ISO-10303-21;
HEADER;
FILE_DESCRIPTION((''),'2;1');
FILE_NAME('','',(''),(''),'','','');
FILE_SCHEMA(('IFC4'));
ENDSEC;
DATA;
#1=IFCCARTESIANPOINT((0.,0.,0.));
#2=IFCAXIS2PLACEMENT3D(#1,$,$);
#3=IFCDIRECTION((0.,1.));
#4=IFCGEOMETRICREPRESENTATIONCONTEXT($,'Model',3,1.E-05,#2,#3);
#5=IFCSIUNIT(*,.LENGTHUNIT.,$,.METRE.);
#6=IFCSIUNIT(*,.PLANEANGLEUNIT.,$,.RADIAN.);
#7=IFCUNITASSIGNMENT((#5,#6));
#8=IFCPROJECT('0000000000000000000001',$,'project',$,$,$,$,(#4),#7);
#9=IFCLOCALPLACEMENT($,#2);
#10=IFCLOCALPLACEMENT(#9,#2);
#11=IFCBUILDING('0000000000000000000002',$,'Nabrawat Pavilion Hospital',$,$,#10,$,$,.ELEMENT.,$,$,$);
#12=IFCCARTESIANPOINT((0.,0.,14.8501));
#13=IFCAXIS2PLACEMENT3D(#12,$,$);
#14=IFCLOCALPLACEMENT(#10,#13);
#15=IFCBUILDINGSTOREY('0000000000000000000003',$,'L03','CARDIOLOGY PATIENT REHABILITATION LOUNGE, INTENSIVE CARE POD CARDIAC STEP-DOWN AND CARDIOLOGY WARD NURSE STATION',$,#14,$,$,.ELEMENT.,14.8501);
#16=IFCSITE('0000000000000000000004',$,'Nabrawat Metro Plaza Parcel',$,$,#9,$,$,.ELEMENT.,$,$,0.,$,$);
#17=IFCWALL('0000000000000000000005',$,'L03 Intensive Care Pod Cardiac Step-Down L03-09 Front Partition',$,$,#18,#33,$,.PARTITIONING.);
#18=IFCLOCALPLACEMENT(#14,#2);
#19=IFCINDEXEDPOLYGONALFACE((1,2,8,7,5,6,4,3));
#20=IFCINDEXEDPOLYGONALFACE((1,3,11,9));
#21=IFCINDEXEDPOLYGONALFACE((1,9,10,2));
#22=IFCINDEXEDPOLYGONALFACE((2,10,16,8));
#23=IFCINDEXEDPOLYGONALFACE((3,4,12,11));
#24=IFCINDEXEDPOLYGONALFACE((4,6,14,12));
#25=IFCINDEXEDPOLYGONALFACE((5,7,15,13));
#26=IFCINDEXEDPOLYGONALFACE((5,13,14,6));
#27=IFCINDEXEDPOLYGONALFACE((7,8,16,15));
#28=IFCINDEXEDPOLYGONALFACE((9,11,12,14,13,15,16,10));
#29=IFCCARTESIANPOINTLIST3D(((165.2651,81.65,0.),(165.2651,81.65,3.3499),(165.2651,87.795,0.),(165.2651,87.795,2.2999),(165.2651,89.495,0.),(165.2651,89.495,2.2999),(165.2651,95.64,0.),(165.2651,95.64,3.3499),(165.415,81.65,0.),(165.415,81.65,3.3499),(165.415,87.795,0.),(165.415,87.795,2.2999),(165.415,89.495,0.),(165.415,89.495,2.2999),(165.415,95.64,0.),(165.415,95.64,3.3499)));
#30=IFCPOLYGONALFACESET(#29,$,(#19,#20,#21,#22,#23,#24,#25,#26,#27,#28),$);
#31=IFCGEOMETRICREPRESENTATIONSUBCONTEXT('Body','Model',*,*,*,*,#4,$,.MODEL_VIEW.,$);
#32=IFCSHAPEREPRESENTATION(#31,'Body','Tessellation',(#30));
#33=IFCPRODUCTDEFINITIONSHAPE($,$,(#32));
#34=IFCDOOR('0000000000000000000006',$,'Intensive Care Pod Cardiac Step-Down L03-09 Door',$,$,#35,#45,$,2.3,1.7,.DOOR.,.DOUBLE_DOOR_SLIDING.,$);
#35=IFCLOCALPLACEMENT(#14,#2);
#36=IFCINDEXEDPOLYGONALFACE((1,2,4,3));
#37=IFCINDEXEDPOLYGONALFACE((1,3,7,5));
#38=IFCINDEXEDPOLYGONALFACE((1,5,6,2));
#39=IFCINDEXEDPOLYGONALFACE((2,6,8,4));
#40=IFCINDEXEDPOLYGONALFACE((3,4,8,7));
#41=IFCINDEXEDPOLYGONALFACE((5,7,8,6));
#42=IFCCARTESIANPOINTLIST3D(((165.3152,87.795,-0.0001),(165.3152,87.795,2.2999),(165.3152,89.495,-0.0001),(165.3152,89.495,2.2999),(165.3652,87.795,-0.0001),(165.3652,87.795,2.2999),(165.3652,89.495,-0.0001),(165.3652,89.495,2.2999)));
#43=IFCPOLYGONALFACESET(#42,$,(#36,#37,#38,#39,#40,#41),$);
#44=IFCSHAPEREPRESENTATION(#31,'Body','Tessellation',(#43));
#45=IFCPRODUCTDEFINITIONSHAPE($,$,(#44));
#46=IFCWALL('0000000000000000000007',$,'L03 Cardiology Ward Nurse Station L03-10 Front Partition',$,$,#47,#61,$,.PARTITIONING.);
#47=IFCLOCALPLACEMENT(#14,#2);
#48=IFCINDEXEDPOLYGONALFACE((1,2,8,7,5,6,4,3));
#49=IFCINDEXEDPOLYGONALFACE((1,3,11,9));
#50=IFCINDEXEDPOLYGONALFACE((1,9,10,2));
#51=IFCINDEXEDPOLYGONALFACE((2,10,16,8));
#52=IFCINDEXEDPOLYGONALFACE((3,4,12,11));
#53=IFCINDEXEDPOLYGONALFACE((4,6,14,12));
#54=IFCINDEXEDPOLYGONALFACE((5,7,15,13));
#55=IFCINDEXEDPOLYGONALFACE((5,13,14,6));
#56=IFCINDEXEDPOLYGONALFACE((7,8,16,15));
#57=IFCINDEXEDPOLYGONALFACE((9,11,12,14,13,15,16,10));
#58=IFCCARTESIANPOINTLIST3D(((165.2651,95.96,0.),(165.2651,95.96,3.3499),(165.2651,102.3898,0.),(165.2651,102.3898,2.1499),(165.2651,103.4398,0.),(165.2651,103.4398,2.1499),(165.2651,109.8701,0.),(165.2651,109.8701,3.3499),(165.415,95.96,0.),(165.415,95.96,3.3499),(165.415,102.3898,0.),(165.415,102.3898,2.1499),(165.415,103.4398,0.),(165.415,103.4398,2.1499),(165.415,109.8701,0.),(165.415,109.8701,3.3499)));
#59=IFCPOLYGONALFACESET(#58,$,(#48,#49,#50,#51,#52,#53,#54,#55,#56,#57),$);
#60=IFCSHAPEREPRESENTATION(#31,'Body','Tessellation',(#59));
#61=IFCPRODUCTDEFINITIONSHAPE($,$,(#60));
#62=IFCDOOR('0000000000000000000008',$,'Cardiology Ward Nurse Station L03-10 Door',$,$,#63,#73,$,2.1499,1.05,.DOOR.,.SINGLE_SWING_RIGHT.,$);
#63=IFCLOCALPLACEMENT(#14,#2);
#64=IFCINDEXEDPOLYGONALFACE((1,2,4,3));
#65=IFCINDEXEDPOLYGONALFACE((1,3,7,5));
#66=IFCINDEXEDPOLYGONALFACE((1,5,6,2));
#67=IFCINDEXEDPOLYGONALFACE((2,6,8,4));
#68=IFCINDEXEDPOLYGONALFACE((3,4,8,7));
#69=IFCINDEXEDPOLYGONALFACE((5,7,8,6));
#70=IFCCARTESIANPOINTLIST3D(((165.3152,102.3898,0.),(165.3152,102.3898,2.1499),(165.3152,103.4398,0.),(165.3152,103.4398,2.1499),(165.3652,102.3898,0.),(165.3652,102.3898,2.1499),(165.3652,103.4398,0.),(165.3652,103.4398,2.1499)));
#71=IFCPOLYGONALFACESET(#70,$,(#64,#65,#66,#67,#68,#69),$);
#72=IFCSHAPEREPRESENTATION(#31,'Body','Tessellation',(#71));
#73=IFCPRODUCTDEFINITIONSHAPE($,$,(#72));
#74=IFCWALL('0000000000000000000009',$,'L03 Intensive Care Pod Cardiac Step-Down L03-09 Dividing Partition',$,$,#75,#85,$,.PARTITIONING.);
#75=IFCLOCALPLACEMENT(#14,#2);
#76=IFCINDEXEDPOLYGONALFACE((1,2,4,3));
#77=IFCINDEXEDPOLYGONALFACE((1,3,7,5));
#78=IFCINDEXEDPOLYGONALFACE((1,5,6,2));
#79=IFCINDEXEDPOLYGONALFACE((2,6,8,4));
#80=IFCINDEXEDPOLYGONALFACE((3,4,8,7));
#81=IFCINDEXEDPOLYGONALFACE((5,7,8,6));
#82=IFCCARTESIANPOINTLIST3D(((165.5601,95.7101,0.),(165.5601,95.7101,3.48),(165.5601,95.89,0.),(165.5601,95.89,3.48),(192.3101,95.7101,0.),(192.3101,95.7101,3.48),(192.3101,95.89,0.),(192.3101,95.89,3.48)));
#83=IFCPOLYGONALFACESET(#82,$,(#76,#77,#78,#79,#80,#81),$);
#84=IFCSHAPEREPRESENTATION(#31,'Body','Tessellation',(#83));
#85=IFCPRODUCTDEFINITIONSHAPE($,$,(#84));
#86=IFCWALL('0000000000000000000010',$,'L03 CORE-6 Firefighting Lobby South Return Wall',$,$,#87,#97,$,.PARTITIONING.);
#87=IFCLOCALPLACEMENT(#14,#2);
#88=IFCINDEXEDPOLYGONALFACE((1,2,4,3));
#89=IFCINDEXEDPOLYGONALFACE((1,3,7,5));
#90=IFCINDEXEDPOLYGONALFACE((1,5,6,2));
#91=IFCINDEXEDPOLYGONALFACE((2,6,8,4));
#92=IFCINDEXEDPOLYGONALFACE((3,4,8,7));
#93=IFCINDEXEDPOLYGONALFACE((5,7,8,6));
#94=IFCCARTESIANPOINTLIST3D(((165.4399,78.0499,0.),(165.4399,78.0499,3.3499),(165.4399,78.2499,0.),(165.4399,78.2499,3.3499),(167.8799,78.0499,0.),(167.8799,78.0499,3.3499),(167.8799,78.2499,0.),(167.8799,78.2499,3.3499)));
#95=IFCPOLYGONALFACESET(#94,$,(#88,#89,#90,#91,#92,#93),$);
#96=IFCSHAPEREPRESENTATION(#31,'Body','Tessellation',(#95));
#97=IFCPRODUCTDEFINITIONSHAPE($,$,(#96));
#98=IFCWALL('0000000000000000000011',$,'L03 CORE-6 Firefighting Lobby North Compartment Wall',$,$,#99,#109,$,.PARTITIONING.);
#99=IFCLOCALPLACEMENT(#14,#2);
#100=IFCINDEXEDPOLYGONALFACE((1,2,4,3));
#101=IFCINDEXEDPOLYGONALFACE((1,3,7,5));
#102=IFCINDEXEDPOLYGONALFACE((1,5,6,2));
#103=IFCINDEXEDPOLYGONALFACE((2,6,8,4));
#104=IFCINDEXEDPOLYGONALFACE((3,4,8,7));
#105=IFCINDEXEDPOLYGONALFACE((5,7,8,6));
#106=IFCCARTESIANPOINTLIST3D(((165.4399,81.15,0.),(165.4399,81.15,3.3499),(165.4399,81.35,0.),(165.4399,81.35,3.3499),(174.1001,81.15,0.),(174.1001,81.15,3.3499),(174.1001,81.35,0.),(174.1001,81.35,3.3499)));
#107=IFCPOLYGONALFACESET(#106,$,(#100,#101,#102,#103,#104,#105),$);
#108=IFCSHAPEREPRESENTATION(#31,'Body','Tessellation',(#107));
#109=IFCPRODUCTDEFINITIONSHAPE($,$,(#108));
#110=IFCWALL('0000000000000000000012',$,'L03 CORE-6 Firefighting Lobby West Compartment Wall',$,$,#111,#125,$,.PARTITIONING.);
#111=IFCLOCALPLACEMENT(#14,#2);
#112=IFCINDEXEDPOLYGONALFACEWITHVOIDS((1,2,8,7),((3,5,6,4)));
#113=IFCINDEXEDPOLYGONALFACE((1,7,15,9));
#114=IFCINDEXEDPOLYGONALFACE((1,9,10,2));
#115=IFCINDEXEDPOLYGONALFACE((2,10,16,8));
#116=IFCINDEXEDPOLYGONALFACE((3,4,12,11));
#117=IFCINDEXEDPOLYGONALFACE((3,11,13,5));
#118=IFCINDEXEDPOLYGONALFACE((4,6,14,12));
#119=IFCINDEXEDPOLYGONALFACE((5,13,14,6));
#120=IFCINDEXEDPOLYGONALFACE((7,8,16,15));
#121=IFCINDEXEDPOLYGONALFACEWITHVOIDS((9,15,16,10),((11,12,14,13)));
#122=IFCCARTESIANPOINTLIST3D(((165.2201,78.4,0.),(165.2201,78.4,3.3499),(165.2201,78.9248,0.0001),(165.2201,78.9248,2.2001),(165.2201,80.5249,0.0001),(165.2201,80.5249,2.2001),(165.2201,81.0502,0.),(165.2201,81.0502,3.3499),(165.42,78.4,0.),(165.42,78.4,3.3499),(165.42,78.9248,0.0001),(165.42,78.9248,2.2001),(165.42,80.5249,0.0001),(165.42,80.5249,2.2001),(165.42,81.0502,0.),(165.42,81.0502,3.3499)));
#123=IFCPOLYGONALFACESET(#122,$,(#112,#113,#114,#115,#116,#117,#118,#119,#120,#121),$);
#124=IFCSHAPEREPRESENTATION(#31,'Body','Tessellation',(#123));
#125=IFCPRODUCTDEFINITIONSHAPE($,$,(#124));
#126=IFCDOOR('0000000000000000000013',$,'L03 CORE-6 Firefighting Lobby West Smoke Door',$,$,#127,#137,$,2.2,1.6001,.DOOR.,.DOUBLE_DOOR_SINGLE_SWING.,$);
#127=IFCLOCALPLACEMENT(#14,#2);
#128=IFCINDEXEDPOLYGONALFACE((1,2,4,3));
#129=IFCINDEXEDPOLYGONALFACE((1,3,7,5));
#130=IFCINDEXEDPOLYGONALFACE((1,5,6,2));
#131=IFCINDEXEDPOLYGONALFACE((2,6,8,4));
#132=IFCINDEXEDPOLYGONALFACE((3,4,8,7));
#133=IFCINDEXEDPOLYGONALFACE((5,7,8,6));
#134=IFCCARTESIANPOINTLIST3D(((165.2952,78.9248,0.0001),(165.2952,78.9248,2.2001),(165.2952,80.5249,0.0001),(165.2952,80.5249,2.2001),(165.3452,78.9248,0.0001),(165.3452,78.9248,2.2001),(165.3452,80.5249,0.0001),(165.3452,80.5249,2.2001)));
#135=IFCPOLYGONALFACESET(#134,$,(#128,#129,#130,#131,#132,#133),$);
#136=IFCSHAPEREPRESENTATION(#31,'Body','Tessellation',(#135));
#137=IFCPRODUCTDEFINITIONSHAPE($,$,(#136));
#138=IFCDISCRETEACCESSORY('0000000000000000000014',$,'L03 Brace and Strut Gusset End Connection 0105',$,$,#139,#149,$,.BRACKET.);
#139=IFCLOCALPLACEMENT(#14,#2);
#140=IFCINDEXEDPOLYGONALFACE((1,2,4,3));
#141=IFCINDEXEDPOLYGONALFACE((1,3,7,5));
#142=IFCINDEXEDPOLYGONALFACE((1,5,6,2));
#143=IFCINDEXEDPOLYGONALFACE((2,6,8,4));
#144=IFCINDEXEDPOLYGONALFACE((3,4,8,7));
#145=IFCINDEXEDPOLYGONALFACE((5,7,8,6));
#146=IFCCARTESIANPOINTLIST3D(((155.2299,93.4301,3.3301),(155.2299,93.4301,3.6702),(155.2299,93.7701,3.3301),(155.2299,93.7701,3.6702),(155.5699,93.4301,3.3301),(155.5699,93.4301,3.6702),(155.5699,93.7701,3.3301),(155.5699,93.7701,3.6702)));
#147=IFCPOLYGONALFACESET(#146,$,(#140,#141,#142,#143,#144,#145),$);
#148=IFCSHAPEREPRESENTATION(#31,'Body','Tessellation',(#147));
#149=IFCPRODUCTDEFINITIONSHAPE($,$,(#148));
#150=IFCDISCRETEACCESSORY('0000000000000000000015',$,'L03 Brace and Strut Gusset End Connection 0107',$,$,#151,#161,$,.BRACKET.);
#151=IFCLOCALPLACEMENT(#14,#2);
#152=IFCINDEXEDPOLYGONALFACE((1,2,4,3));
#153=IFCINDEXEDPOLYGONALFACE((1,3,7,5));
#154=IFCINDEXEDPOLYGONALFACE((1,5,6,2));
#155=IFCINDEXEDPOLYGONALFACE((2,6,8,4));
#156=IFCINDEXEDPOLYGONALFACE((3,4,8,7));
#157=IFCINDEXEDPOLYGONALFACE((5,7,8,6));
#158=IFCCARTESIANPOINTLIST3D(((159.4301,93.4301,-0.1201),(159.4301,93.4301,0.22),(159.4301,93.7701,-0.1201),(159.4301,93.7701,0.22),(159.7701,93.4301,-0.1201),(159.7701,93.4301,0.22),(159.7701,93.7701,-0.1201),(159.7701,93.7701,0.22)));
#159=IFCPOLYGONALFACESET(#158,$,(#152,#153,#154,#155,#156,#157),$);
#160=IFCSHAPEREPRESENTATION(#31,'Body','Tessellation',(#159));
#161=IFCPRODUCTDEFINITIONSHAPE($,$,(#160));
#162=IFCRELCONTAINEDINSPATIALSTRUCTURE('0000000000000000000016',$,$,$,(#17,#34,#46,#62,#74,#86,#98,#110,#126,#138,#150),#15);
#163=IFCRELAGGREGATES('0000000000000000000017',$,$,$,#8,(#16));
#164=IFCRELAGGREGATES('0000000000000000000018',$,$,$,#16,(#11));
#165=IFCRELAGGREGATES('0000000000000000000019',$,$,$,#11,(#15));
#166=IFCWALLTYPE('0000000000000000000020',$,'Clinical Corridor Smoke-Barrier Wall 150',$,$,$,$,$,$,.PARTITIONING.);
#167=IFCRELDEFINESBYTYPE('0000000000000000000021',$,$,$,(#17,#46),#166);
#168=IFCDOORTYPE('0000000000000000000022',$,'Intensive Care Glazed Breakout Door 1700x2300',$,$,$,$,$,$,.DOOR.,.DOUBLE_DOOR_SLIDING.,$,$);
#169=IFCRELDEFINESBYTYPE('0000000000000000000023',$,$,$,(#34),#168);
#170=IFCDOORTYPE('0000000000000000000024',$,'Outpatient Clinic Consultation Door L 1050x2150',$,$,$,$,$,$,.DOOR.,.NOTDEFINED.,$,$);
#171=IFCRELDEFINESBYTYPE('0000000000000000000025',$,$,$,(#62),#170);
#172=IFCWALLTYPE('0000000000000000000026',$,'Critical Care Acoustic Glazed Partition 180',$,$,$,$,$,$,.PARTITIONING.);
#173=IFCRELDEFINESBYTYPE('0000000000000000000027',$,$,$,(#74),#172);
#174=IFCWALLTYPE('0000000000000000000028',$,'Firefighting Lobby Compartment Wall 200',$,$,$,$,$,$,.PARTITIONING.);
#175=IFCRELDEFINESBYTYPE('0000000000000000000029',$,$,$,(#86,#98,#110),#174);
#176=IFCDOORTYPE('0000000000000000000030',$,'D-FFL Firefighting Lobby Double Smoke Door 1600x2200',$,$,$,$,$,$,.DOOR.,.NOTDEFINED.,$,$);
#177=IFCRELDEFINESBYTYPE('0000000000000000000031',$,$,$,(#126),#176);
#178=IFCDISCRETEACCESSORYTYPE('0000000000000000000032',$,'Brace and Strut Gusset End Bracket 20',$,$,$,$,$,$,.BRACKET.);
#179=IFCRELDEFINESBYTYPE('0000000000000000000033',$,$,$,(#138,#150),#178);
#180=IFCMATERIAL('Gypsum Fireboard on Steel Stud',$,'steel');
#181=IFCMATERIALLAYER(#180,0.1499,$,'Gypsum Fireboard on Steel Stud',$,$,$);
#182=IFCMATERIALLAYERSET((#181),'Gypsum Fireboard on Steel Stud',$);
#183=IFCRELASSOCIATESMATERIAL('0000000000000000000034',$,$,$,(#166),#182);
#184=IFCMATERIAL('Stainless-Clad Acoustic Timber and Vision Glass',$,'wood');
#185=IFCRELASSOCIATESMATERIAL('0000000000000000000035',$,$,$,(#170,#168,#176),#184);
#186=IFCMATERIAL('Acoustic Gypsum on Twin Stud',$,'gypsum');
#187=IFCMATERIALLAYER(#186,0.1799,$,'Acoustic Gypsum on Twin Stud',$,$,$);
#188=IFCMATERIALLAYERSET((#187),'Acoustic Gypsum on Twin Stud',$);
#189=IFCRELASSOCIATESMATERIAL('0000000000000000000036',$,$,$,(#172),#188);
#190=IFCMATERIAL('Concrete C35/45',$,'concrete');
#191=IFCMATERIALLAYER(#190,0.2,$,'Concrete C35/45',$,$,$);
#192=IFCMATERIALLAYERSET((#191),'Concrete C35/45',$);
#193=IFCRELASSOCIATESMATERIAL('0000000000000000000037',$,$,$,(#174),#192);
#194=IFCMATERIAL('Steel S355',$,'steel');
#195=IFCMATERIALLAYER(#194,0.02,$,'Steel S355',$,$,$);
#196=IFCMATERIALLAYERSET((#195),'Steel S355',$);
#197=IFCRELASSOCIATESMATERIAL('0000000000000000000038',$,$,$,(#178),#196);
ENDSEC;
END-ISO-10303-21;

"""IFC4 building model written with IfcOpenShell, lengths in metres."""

from ifc_helpers import new_model, si_unit, direction, frame, frame_2d, origin, origin_2d, place, context, subcontext, project, spatial, rectangle, extrude, material, layer, layer_set, type_object, element, fill, save


model = new_model("IFC4")

# Units and contexts
model_context = context("Model", 3, precision=1e-05, world=origin(), true_north=direction((0.0, 1.0)))
body_context = subcontext(model_context, "Body", "Model", "MODEL_VIEW")
ifc_project = project(units=[si_unit("LENGTHUNIT", "METRE"), si_unit("PLANEANGLEUNIT", "RADIAN")], contexts=[model_context])

# Site, building, storey
site_placement = place(None, origin())
site = spatial("IfcSite", under=ifc_project, at=site_placement, Name="Nabrawat Metro Plaza Parcel", CompositionType="ELEMENT", RefElevation=0.0)
building_placement = place(site_placement, origin())
building = spatial("IfcBuilding", under=site, at=building_placement, Name="Nabrawat Pavilion Hospital", CompositionType="ELEMENT")
storey_placement = place(building_placement, frame((0.0, 0.0, 14.8501)))
storey = spatial("IfcBuildingStorey", under=building, at=storey_placement, Name="L03", Description="CARDIOLOGY PATIENT REHABILITATION LOUNGE, INTENSIVE CARE POD CARDIAC STEP-DOWN AND CARDIOLOGY WARD NURSE STATION", CompositionType="ELEMENT", Elevation=14.8501)

# Shared definitions
ifc_material_1 = material(Name="Steel S355", Category="steel")

# Walls, openings, doors
ifc_material_2 = material(Name="Gypsum Fireboard on Steel Stud", Category="steel")
ifc_layer_1 = layer(ifc_material_2, 0.1499, Name="Gypsum Fireboard on Steel Stud")
ifc_layer_set_1 = layer_set([ifc_layer_1], Name="Gypsum Fireboard on Steel Stud")
wall_type_1 = type_object("IfcWallType", Name="Clinical Corridor Smoke-Barrier Wall 150", PredefinedType="PARTITIONING", material=ifc_layer_set_1)
ifc_material_3 = material(Name="Stainless-Clad Acoustic Timber and Vision Glass", Category="wood")
door_type_1 = type_object("IfcDoorType", Name="Outpatient Clinic Consultation Door L 1050x2150", OperationType="NOTDEFINED", PredefinedType="DOOR", material=ifc_material_3)
wall_1_placement = place(storey_placement, frame((165.3401, 81.6499, 0.0), z_axis=(0.0, 0.0, 1.0), x_axis=(0.0, 1.0, 0.0)))
wall_1 = element("IfcWall", 1, at=wall_1_placement, inside=storey, type_object=wall_type_1, Name="L03 Intensive Care Pod Cardiac Step-Down L03-09 Front Partition", PredefinedType="PARTITIONING", context=body_context, shape_type="SweptSolid", body=[
    extrude(rectangle(XDim=13.99, YDim=0.1499, at=frame_2d((6.9951, 0.0))), origin(), (0.0, 0.0, 1.0), 3.3499),
])
opening_1_placement = place(wall_1_placement, frame((6.145, 0.0, 0.0)))
opening_1 = element("IfcOpeningElement", 2, at=opening_1_placement, cuts=wall_1, PredefinedType="OPENING", context=body_context, shape_type="SweptSolid", body=[
    extrude(rectangle(XDim=1.7, YDim=2.3, at=frame_2d((0.8501, 1.1499))), frame((0.0, 0.085, 0.0), z_axis=(0.0, -1.0, 0.0), x_axis=(1.0, 0.0, 0.0)), (0.0, 0.0, 1.0), 0.1699),
])
door_type_2 = type_object("IfcDoorType", Name="Intensive Care Glazed Breakout Door 1700x2300", OperationType="DOUBLE_DOOR_SLIDING", PredefinedType="DOOR", material=ifc_material_3)
door_1_placement = place(opening_1_placement, origin())
door_1 = element("IfcDoor", 3, at=door_1_placement, inside=storey, type_object=door_type_2, Name="Intensive Care Pod Cardiac Step-Down L03-09 Door", OperationType="DOUBLE_DOOR_SLIDING", OverallHeight=2.3, OverallWidth=1.7, PredefinedType="DOOR", context=body_context, shape_type="SweptSolid", body=[
    extrude(rectangle(XDim=1.7, YDim=2.3, at=frame_2d((0.8501, 1.1499))), frame((0.0, 0.0249, 0.0), z_axis=(0.0, -1.0, 0.0), x_axis=(1.0, 0.0, 0.0)), (0.0, 0.0, 1.0), 0.05),
])
fill(opening_1, door_1)
wall_2_placement = place(storey_placement, frame((165.3401, 95.96, 0.0), z_axis=(0.0, 0.0, 1.0), x_axis=(0.0, 1.0, 0.0)))
wall_2 = element("IfcWall", 4, at=wall_2_placement, inside=storey, type_object=wall_type_1, Name="L03 Cardiology Ward Nurse Station L03-10 Front Partition", PredefinedType="PARTITIONING", context=body_context, shape_type="SweptSolid", body=[
    extrude(rectangle(XDim=13.9102, YDim=0.1499, at=frame_2d((6.9551, 0.0))), origin(), (0.0, 0.0, 1.0), 3.3499),
])
opening_2_placement = place(wall_2_placement, frame((6.4299, 0.0, 0.0)))
opening_2 = element("IfcOpeningElement", 5, at=opening_2_placement, cuts=wall_2, PredefinedType="OPENING", context=body_context, shape_type="SweptSolid", body=[
    extrude(rectangle(XDim=1.05, YDim=2.1499, at=frame_2d((0.5249, 1.075))), frame((0.0, 0.085, 0.0), z_axis=(0.0, -1.0, 0.0), x_axis=(1.0, 0.0, 0.0)), (0.0, 0.0, 1.0), 0.1699),
])
door_2_placement = place(opening_2_placement, origin())
door_2 = element("IfcDoor", 6, at=door_2_placement, inside=storey, type_object=door_type_1, Name="Cardiology Ward Nurse Station L03-10 Door", OperationType="SINGLE_SWING_RIGHT", OverallHeight=2.1499, OverallWidth=1.05, PredefinedType="DOOR", context=body_context, shape_type="SweptSolid", body=[
    extrude(rectangle(XDim=1.05, YDim=2.1499, at=frame_2d((0.5249, 1.075))), frame((0.0, 0.0249, 0.0), z_axis=(0.0, -1.0, 0.0), x_axis=(1.0, 0.0, 0.0)), (0.0, 0.0, 1.0), 0.05),
])
fill(opening_2, door_2)

# Walls
ifc_material_4 = material(Name="Acoustic Gypsum on Twin Stud", Category="gypsum")
ifc_layer_2 = layer(ifc_material_4, 0.1799, Name="Acoustic Gypsum on Twin Stud")
ifc_layer_set_2 = layer_set([ifc_layer_2], Name="Acoustic Gypsum on Twin Stud")
wall_type_2 = type_object("IfcWallType", Name="Critical Care Acoustic Glazed Partition 180", PredefinedType="PARTITIONING", material=ifc_layer_set_2)
wall_3_placement = place(storey_placement, frame((165.5601, 95.8, 0.0), z_axis=(0.0, 0.0, 1.0), x_axis=(1.0, 0.0, 0.0)))
element("IfcWall", 7, at=wall_3_placement, inside=storey, type_object=wall_type_2, Name="L03 Intensive Care Pod Cardiac Step-Down L03-09 Dividing Partition", PredefinedType="PARTITIONING", context=body_context, shape_type="SweptSolid", body=[
    extrude(rectangle(XDim=26.75, YDim=0.1799, at=frame_2d((13.375, 0.0))), origin(), (0.0, 0.0, 1.0), 3.48),
])
ifc_material_5 = material(Name="Concrete C35/45", Category="concrete")
ifc_layer_3 = layer(ifc_material_5, 0.2, Name="Concrete C35/45")
ifc_layer_set_3 = layer_set([ifc_layer_3], Name="Concrete C35/45")
wall_type_3 = type_object("IfcWallType", Name="Firefighting Lobby Compartment Wall 200", PredefinedType="PARTITIONING", material=ifc_layer_set_3)
wall_4_placement = place(storey_placement, frame((165.4399, 78.1499, 0.0), z_axis=(0.0, 0.0, 1.0), x_axis=(1.0, 0.0, 0.0)))
element("IfcWall", 8, at=wall_4_placement, inside=storey, type_object=wall_type_3, Name="L03 CORE-6 Firefighting Lobby South Return Wall", PredefinedType="PARTITIONING", context=body_context, shape_type="SweptSolid", body=[
    extrude(rectangle(XDim=2.4399, YDim=0.2, at=frame_2d((1.22, 0.0))), origin(), (0.0, 0.0, 1.0), 3.3499),
])
wall_5_placement = place(storey_placement, frame((165.4399, 81.25, 0.0), z_axis=(0.0, 0.0, 1.0), x_axis=(1.0, 0.0, 0.0)))
element("IfcWall", 9, at=wall_5_placement, inside=storey, type_object=wall_type_3, Name="L03 CORE-6 Firefighting Lobby North Compartment Wall", PredefinedType="PARTITIONING", context=body_context, shape_type="SweptSolid", body=[
    extrude(rectangle(XDim=8.6602, YDim=0.2, at=frame_2d((4.3301, 0.0))), origin(), (0.0, 0.0, 1.0), 3.3499),
])

# Wall, opening, door
wall_6_placement = place(storey_placement, frame((165.3201, 78.3999, 0.0), z_axis=(0.0, 0.0, 1.0), x_axis=(0.0, 1.0, 0.0)))
wall_6 = element("IfcWall", 10, at=wall_6_placement, inside=storey, type_object=wall_type_3, Name="L03 CORE-6 Firefighting Lobby West Compartment Wall", PredefinedType="PARTITIONING", context=body_context, shape_type="SweptSolid", body=[
    extrude(rectangle(XDim=2.6501, YDim=0.2, at=frame_2d((1.3252, 0.0))), origin(), (0.0, 0.0, 1.0), 3.3499),
])
opening_3_placement = place(wall_6_placement, frame((0.5249, 0.0, 0.0)))
opening_3 = element("IfcOpeningElement", 11, at=opening_3_placement, cuts=wall_6, PredefinedType="OPENING", context=body_context, shape_type="SweptSolid", body=[
    extrude(rectangle(XDim=1.6001, YDim=2.2, at=frame_2d((0.8, 1.1001))), frame((0.0, 0.1099, 0.0), z_axis=(0.0, -1.0, 0.0), x_axis=(1.0, 0.0, 0.0)), (0.0, 0.0, 1.0), 0.22),
])
door_type_3 = type_object("IfcDoorType", Name="D-FFL Firefighting Lobby Double Smoke Door 1600x2200", OperationType="NOTDEFINED", PredefinedType="DOOR", material=ifc_material_3)
door_3_placement = place(opening_3_placement, origin())
door_3 = element("IfcDoor", 12, at=door_3_placement, inside=storey, type_object=door_type_3, Name="L03 CORE-6 Firefighting Lobby West Smoke Door", OperationType="DOUBLE_DOOR_SINGLE_SWING", OverallHeight=2.2, OverallWidth=1.6001, PredefinedType="DOOR", context=body_context, shape_type="SweptSolid", body=[
    extrude(rectangle(XDim=1.6001, YDim=2.2, at=frame_2d((0.8, 1.1001))), frame((0.0, 0.0249, 0.0), z_axis=(0.0, -1.0, 0.0), x_axis=(1.0, 0.0, 0.0)), (0.0, 0.0, 1.0), 0.05),
])
fill(opening_3, door_3)

# Discrete accessories
ifc_layer_4 = layer(ifc_material_1, 0.02, Name="Steel S355")
ifc_layer_set_4 = layer_set([ifc_layer_4], Name="Steel S355")
discrete_accessory_type = type_object("IfcDiscreteAccessoryType", Name="Brace and Strut Gusset End Bracket 20", PredefinedType="BRACKET", material=ifc_layer_set_4)
for number, where, z_axis, x_axis, name in (
    (13, (155.3999, 93.6001, 3.3301), (0.0, 0.0, 1.0), (1.0, 0.0, 0.0), "L03 Brace and Strut Gusset End Connection 0105"),
    (14, (159.6001, 93.6001, -0.1201), (0.0, 0.0, 1.0), (1.0, 0.0, 0.0), "L03 Brace and Strut Gusset End Connection 0107"),
):
    element("IfcDiscreteAccessory", number, at=place(storey_placement, frame(where, z_axis=z_axis, x_axis=x_axis)), inside=storey, type_object=discrete_accessory_type, Name=name, PredefinedType="BRACKET", context=body_context, shape_type="SweptSolid", body=[
        extrude(rectangle(XDim=0.3401, YDim=0.3401, at=origin_2d()), origin(), (0.0, 0.0, 1.0), 0.3401),
    ])

save(model, "model.ifc")
